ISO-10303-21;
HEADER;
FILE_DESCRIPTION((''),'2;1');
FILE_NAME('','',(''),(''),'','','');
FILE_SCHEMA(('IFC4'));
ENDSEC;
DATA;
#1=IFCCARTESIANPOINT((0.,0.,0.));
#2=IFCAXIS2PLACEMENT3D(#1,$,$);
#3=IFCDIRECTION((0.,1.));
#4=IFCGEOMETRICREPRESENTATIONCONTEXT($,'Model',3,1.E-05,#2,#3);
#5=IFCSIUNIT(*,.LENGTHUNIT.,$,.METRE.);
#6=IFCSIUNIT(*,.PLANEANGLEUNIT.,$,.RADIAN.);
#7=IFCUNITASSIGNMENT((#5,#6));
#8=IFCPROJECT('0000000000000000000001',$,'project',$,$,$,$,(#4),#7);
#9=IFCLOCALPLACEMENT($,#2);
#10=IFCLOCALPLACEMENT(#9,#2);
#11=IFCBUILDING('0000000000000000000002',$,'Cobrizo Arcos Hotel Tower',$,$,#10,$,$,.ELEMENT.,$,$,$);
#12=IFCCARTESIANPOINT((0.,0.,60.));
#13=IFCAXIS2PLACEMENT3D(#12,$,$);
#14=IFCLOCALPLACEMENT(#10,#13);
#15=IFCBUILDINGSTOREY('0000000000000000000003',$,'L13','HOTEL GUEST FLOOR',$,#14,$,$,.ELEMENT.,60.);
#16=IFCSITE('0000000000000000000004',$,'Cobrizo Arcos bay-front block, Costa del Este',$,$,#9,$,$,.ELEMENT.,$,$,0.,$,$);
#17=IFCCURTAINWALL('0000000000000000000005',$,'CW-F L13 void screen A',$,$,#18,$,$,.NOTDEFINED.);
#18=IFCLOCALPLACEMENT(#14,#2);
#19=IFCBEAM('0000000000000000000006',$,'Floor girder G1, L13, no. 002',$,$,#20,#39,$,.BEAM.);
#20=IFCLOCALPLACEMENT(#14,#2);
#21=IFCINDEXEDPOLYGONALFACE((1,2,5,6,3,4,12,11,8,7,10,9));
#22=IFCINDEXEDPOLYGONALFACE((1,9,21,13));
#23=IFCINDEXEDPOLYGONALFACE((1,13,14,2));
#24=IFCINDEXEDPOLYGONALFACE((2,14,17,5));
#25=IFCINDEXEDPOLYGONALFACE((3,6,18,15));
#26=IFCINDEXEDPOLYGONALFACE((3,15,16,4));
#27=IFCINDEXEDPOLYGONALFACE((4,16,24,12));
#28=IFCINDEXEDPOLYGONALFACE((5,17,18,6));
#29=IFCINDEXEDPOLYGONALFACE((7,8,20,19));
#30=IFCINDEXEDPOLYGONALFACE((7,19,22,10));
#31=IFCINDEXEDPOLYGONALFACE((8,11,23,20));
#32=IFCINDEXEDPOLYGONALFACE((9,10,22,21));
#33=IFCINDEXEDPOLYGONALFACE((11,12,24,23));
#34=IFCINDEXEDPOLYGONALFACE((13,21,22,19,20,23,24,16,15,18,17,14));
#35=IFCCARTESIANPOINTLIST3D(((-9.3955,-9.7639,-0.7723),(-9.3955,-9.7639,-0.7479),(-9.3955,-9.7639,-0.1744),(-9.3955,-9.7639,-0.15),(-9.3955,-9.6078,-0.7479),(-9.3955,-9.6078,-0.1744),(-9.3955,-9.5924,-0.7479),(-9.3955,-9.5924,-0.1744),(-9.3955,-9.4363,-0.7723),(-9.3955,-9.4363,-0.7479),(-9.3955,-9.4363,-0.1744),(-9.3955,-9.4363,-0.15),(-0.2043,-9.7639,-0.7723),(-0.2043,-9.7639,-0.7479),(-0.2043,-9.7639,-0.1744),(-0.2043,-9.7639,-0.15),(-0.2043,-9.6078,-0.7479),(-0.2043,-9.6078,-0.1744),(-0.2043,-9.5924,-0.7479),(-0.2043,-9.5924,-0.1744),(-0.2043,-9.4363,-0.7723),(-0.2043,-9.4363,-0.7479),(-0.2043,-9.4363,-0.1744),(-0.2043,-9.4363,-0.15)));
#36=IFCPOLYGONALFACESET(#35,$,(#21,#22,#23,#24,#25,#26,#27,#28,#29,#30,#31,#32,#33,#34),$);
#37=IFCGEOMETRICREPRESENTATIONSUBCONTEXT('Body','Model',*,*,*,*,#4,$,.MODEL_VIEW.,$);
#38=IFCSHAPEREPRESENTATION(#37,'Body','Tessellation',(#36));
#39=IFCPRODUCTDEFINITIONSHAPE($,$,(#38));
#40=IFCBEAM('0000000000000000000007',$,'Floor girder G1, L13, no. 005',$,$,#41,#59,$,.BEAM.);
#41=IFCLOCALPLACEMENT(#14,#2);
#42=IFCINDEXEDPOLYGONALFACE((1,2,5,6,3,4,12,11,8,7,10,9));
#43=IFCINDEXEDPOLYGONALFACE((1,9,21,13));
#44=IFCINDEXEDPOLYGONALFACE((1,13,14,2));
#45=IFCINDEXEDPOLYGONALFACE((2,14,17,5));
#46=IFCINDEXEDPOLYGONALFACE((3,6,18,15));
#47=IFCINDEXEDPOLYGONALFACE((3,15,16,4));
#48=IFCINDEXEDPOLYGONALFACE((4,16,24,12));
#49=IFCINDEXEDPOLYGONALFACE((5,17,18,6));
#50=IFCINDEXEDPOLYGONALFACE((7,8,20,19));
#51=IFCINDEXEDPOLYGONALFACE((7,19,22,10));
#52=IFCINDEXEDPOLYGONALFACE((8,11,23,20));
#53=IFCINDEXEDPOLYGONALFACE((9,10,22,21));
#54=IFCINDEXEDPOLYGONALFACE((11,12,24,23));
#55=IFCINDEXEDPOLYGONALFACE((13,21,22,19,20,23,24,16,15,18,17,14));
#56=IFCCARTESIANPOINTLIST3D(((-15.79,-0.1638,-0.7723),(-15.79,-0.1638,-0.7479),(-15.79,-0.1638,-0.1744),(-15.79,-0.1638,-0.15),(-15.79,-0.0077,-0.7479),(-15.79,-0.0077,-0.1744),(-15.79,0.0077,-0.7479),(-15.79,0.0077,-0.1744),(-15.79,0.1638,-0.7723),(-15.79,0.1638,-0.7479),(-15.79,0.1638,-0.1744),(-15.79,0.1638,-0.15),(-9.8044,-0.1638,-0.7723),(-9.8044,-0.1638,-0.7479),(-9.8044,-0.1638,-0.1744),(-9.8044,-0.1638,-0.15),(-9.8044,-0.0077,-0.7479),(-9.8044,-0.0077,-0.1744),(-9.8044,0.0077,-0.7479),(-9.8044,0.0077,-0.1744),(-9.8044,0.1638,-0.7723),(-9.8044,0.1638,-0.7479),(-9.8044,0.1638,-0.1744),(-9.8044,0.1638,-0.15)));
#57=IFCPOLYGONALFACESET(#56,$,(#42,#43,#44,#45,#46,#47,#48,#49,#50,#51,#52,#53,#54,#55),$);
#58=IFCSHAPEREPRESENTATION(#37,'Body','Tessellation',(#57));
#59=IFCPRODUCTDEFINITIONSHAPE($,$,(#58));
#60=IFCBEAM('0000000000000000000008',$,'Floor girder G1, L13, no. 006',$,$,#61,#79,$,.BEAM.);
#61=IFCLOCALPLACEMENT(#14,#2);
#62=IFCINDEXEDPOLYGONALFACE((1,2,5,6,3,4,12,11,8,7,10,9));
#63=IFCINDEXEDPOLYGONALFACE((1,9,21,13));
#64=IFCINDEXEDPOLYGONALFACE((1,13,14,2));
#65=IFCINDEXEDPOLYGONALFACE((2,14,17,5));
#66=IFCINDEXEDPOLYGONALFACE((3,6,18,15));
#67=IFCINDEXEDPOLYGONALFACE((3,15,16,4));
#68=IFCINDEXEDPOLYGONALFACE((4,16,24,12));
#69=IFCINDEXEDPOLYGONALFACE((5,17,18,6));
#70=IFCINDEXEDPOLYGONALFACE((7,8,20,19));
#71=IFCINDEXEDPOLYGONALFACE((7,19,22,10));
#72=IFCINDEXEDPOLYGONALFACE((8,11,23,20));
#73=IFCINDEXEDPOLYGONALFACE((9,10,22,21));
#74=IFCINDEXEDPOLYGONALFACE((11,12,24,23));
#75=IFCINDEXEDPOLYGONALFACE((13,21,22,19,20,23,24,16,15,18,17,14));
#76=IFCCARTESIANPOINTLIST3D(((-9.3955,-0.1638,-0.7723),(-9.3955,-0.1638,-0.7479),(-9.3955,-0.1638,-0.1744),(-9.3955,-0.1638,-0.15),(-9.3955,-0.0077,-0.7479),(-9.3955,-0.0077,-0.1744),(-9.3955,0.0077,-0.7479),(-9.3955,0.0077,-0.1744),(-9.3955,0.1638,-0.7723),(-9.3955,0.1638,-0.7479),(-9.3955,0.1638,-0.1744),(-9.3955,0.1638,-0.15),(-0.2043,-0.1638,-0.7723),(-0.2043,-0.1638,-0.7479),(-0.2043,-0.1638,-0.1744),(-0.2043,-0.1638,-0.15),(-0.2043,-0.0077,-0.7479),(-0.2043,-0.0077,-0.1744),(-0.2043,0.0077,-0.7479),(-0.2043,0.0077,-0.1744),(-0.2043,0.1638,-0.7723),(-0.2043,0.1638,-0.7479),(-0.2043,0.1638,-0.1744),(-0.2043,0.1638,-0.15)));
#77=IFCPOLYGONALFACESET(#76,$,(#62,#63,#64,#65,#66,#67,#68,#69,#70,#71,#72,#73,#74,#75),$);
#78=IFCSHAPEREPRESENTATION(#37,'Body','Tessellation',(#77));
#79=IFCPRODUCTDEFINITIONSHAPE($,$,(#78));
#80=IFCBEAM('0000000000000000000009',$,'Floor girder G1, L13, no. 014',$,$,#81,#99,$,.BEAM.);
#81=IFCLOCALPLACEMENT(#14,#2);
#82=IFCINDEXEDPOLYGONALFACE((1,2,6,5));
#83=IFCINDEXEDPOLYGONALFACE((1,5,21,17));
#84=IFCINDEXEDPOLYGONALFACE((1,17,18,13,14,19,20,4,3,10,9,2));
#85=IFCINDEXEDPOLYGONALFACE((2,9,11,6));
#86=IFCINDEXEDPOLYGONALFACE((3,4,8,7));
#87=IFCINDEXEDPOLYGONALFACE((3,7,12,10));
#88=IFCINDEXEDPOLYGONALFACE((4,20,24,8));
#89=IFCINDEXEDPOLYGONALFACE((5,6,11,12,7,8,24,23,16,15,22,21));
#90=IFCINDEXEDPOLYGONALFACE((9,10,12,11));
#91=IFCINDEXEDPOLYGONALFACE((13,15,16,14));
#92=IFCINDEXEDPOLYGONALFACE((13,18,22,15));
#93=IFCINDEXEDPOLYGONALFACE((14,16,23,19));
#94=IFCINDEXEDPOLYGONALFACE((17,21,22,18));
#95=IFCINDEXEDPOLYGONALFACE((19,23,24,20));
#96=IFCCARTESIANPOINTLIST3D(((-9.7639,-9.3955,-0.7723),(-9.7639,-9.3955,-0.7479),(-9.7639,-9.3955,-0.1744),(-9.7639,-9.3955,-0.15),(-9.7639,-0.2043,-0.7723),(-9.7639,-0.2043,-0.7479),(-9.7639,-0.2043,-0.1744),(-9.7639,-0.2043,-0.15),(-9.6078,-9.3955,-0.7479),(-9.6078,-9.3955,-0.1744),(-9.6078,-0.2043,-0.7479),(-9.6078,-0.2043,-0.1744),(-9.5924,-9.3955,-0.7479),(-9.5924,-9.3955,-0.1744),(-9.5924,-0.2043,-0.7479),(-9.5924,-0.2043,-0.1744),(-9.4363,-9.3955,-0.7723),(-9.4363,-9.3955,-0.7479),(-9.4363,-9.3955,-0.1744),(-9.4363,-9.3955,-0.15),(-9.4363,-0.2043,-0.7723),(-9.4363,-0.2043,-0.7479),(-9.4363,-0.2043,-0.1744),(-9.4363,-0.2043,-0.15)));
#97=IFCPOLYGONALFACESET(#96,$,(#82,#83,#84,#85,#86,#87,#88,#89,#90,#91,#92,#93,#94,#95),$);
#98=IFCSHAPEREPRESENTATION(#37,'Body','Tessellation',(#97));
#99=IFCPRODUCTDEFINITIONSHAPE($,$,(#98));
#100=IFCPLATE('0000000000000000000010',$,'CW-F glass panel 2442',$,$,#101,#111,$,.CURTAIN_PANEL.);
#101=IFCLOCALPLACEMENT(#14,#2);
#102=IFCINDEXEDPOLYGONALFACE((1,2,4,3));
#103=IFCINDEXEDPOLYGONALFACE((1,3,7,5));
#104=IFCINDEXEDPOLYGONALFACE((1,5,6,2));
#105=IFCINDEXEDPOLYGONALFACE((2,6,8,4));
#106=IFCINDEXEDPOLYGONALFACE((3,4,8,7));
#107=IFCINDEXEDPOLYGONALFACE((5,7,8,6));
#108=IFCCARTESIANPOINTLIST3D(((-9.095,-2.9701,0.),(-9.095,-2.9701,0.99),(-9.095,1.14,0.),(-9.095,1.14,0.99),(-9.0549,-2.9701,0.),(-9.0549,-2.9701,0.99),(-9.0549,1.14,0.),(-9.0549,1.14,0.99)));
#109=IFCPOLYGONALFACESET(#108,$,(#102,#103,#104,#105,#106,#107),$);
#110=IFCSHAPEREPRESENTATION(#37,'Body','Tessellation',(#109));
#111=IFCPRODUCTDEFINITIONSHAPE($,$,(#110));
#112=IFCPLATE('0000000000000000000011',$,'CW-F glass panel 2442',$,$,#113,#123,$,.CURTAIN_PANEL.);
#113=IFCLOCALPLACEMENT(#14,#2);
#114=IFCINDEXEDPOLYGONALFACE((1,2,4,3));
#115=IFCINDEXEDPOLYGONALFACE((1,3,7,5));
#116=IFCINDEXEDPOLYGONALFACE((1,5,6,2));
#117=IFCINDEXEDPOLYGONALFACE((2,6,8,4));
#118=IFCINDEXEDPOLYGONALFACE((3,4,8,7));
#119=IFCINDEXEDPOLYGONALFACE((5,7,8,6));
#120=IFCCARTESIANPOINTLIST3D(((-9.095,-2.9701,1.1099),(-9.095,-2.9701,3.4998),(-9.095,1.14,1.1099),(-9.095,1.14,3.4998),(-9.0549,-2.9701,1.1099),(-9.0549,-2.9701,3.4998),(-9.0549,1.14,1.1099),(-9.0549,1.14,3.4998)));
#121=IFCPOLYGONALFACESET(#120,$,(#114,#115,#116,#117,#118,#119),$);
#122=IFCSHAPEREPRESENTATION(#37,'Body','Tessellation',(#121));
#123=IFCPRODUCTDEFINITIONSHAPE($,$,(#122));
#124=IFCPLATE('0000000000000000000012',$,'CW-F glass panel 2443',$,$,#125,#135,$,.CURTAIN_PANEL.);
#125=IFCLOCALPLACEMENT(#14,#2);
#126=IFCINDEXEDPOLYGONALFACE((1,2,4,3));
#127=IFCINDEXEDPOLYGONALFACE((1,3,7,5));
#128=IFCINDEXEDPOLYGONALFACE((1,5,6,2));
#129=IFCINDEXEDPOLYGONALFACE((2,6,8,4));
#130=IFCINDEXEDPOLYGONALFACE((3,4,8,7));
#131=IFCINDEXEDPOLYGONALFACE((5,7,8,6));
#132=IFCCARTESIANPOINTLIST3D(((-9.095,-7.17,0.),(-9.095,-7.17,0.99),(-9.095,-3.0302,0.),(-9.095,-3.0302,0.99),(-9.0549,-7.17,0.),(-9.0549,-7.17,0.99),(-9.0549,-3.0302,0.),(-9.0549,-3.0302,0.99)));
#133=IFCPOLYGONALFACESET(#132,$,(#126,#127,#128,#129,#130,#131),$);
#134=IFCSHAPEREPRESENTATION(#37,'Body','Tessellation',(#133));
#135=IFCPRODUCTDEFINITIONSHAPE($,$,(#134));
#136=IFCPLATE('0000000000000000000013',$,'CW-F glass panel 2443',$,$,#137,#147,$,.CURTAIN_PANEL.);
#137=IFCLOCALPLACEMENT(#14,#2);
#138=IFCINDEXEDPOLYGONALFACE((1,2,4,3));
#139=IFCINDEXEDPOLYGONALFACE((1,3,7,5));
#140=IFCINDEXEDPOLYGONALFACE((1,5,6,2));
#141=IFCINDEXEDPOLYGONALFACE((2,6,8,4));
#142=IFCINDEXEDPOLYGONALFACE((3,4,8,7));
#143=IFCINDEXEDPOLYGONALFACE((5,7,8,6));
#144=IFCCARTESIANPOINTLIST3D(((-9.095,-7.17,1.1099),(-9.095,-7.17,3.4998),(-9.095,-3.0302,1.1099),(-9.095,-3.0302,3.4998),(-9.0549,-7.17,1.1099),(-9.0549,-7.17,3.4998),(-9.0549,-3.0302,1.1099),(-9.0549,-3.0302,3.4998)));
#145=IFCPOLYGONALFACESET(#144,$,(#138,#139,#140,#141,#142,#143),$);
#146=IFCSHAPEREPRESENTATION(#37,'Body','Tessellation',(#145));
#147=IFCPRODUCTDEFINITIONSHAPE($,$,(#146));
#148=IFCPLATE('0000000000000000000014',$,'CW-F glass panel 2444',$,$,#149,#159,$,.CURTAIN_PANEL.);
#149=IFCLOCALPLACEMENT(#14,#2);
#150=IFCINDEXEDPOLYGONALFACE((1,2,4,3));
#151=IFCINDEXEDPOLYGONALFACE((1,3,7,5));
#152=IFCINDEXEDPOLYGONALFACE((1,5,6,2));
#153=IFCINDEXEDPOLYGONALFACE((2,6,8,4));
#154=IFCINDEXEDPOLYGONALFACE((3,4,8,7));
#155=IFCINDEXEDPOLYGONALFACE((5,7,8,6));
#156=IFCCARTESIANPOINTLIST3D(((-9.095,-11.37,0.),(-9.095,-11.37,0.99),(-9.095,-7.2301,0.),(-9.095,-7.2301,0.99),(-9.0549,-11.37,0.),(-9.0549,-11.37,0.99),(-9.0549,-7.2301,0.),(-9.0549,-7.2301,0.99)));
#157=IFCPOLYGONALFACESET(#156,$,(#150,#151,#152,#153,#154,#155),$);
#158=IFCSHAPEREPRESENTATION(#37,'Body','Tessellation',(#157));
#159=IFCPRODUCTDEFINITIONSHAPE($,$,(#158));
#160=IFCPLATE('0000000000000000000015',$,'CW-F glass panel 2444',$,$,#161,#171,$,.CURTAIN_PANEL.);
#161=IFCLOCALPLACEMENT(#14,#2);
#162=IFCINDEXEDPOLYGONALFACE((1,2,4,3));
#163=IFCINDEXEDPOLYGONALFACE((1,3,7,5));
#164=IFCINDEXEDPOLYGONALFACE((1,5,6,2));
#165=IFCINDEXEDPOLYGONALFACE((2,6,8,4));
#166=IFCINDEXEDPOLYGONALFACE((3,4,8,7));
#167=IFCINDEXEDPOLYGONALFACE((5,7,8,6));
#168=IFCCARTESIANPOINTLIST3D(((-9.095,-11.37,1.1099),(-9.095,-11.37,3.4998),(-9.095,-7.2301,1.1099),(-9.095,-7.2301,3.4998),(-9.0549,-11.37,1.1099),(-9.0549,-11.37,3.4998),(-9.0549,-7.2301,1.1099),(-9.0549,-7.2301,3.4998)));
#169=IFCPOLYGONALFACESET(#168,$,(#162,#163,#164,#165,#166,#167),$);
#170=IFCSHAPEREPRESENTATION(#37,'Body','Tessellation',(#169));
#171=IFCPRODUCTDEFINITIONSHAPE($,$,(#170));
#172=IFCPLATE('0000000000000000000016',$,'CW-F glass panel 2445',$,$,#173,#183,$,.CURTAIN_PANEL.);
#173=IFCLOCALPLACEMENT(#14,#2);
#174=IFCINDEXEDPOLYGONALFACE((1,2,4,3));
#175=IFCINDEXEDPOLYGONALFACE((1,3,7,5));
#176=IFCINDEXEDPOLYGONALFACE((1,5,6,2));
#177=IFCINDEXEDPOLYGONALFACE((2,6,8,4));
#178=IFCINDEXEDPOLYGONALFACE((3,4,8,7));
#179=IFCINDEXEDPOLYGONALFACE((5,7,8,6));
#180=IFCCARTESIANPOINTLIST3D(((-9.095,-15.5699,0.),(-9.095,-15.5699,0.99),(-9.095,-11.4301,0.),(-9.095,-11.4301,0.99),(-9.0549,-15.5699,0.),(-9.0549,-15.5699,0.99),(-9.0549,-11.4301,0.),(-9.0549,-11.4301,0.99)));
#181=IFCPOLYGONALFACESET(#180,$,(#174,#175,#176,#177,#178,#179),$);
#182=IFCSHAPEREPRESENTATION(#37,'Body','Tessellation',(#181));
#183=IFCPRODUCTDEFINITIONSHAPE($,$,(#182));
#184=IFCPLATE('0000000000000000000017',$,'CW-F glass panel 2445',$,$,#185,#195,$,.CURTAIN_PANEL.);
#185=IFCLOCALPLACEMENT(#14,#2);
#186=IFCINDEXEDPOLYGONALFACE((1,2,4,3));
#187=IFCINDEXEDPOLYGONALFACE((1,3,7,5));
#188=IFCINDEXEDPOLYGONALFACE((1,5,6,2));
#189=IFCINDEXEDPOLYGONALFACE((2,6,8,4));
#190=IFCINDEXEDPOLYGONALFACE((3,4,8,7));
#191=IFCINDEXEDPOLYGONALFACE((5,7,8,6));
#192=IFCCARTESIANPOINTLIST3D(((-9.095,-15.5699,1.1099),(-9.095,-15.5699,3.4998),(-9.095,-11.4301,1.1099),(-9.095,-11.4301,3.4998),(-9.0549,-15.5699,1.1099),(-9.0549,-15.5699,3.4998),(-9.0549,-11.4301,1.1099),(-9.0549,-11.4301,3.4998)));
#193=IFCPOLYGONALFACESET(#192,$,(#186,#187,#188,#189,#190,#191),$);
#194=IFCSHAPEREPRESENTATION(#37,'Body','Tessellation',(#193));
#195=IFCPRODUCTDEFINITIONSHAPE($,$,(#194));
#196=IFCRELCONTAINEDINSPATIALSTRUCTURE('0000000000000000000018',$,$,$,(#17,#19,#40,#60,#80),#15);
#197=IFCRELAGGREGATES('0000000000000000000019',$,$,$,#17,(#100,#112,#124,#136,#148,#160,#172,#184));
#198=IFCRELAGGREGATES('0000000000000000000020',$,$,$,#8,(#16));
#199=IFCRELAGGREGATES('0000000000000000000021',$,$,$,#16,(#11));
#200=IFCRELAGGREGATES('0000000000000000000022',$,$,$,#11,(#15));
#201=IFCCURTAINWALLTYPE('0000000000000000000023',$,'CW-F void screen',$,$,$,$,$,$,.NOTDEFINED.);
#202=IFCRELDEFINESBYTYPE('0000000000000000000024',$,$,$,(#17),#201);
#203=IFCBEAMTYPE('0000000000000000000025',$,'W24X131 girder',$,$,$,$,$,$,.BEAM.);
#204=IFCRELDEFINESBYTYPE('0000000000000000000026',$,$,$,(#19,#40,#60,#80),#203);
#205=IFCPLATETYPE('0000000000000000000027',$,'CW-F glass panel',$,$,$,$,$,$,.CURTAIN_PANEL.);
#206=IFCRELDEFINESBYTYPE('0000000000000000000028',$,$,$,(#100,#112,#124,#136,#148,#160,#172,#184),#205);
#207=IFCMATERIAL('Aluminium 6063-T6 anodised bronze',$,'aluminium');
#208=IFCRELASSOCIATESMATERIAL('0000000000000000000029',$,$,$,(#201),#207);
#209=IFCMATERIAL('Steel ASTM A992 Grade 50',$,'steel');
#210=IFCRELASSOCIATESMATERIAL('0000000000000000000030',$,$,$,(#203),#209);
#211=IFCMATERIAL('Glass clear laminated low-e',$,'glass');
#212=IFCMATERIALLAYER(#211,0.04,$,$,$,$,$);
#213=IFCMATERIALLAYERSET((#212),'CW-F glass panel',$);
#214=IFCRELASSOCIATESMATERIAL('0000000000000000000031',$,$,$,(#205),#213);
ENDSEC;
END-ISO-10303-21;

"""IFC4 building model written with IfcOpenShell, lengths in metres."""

from ifc_helpers import new_model, si_unit, direction, frame, origin, origin_2d, place, context, subcontext, project, spatial, rectangle, i_section, extrude, material, layer, layer_set, material_profile, profile_set, type_object, element, aggregate, save


model = new_model("IFC4")

# Units and contexts
model_context = context("Model", 3, precision=1e-05, world=origin(), true_north=direction((0.0, 1.0)))
body_context = subcontext(model_context, "Body", "Model", "MODEL_VIEW")
ifc_project = project(units=[si_unit("LENGTHUNIT", "METRE"), si_unit("PLANEANGLEUNIT", "RADIAN")], contexts=[model_context])

# Site, building, storey
site_placement = place(None, origin())
site = spatial("IfcSite", under=ifc_project, at=site_placement, Name="Cobrizo Arcos bay-front block, Costa del Este", CompositionType="ELEMENT", RefElevation=0.0)
building_placement = place(site_placement, origin())
building = spatial("IfcBuilding", under=site, at=building_placement, Name="Cobrizo Arcos Hotel Tower", CompositionType="ELEMENT")
storey_placement = place(building_placement, frame((0.0, 0.0, 60.0)))
storey = spatial("IfcBuildingStorey", under=building, at=storey_placement, Name="L13", Description="HOTEL GUEST FLOOR", CompositionType="ELEMENT", Elevation=60.0)

# Shared definitions
ifc_material_1 = material(Name="Steel ASTM A992 Grade 50", Category="steel")

# Curtain wall
ifc_material_2 = material(Name="Aluminium 6063-T6 anodised bronze", Category="aluminium")
curtain_wall_type = type_object("IfcCurtainWallType", Name="CW-F void screen", PredefinedType="NOTDEFINED", material=ifc_material_2)
curtain_wall_placement = place(storey_placement, origin())
curtain_wall = element("IfcCurtainWall", 1, at=curtain_wall_placement, inside=storey, type_object=curtain_wall_type, Name="CW-F L13 void screen A", PredefinedType="NOTDEFINED")

# Beams
ifc_material_profile_1 = material_profile(ifc_material_1, i_section(OverallWidth=0.3276, OverallDepth=0.6223, WebThickness=0.0154, FlangeThickness=0.0244, at=origin_2d()), Name="W24X131")
ifc_profile_set_1 = profile_set([ifc_material_profile_1], Name="Steel ASTM A992 Grade 50")
beam_type_1 = type_object("IfcBeamType", Name="W24X131 girder", PredefinedType="BEAM", material=ifc_profile_set_1)
beam_1_placement = place(storey_placement, frame((-9.3955, -9.6001, -0.4612), z_axis=(1.0, 0.0, 0.0), x_axis=(0.0, 1.0, 0.0)))
element("IfcBeam", 2, at=beam_1_placement, inside=storey, type_object=beam_type_1, Name="Floor girder G1, L13, no. 002", PredefinedType="BEAM", context=body_context, shape_type="SweptSolid", body=[
    extrude(i_section(OverallWidth=0.3276, OverallDepth=0.6223, WebThickness=0.0154, FlangeThickness=0.0244, at=origin_2d()), origin(), (0.0, 0.0, 1.0), 9.1912),
])
beam_2_placement = place(storey_placement, frame((-15.79, 0.0, -0.4612), z_axis=(1.0, 0.0, 0.0), x_axis=(0.0, 1.0, 0.0)))
element("IfcBeam", 3, at=beam_2_placement, inside=storey, type_object=beam_type_1, Name="Floor girder G1, L13, no. 005", PredefinedType="BEAM", context=body_context, shape_type="SweptSolid", body=[
    extrude(i_section(OverallWidth=0.3276, OverallDepth=0.6223, WebThickness=0.0154, FlangeThickness=0.0244, at=origin_2d()), origin(), (0.0, 0.0, 1.0), 5.9856),
])
for number, where, z_axis, x_axis, name in (
    (4, (-9.3955, 0.0, -0.4612), (1.0, 0.0, 0.0), (0.0, 1.0, 0.0), "Floor girder G1, L13, no. 006"),
    (5, (-9.6001, -9.3955, -0.4612), (0.0, 1.0, 0.0), (-1.0, 0.0, 0.0), "Floor girder G1, L13, no. 014"),
):
    element("IfcBeam", number, at=place(storey_placement, frame(where, z_axis=z_axis, x_axis=x_axis)), inside=storey, type_object=beam_type_1, Name=name, PredefinedType="BEAM", context=body_context, shape_type="SweptSolid", body=[
        extrude(i_section(OverallWidth=0.3276, OverallDepth=0.6223, WebThickness=0.0154, FlangeThickness=0.0244, at=origin_2d()), origin(), (0.0, 0.0, 1.0), 9.1912),
    ])

# Plates
ifc_material_3 = material(Name="Glass clear laminated low-e", Category="glass")
ifc_layer_1 = layer(ifc_material_3, 0.04)
ifc_layer_set_1 = layer_set([ifc_layer_1], Name="CW-F glass panel")
plate_type = type_object("IfcPlateType", Name="CW-F glass panel", PredefinedType="CURTAIN_PANEL", material=ifc_layer_set_1)
plate_1_placement = place(storey_placement, frame((-9.075, -0.915, 0.0), z_axis=(0.0, 0.0, 1.0), x_axis=(0.0, -1.0, 0.0)))
plate_1 = element("IfcPlate", 6, at=plate_1_placement, type_object=plate_type, Name="CW-F glass panel 2442", PredefinedType="CURTAIN_PANEL", context=body_context, shape_type="SweptSolid", body=[
    extrude(rectangle(XDim=4.1101, YDim=0.04, at=origin_2d()), origin(), (0.0, 0.0, 1.0), 0.99),
])
plate_2_placement = place(storey_placement, frame((-9.075, -0.915, 1.1099), z_axis=(0.0, 0.0, 1.0), x_axis=(0.0, -1.0, 0.0)))
plate_2 = element("IfcPlate", 7, at=plate_2_placement, type_object=plate_type, Name="CW-F glass panel 2442", PredefinedType="CURTAIN_PANEL", context=body_context, shape_type="SweptSolid", body=[
    extrude(rectangle(XDim=4.1101, YDim=0.04, at=origin_2d()), origin(), (0.0, 0.0, 1.0), 2.3899),
])
plate_3_placement = place(storey_placement, frame((-9.075, -5.1001, 0.0), z_axis=(0.0, 0.0, 1.0), x_axis=(0.0, -1.0, 0.0)))
plate_3 = element("IfcPlate", 8, at=plate_3_placement, type_object=plate_type, Name="CW-F glass panel 2443", PredefinedType="CURTAIN_PANEL", context=body_context, shape_type="SweptSolid", body=[
    extrude(rectangle(XDim=4.1399, YDim=0.04, at=origin_2d()), origin(), (0.0, 0.0, 1.0), 0.99),
])
plate_4_placement = place(storey_placement, frame((-9.075, -5.1001, 1.1099), z_axis=(0.0, 0.0, 1.0), x_axis=(0.0, -1.0, 0.0)))
plate_4 = element("IfcPlate", 9, at=plate_4_placement, type_object=plate_type, Name="CW-F glass panel 2443", PredefinedType="CURTAIN_PANEL", context=body_context, shape_type="SweptSolid", body=[
    extrude(rectangle(XDim=4.1399, YDim=0.04, at=origin_2d()), origin(), (0.0, 0.0, 1.0), 2.3899),
])
plate_5_placement = place(storey_placement, frame((-9.075, -9.3, 0.0), z_axis=(0.0, 0.0, 1.0), x_axis=(0.0, -1.0, 0.0)))
plate_5 = element("IfcPlate", 10, at=plate_5_placement, type_object=plate_type, Name="CW-F glass panel 2444", PredefinedType="CURTAIN_PANEL", context=body_context, shape_type="SweptSolid", body=[
    extrude(rectangle(XDim=4.1399, YDim=0.04, at=origin_2d()), origin(), (0.0, 0.0, 1.0), 0.99),
])
plate_6_placement = place(storey_placement, frame((-9.075, -9.3, 1.1099), z_axis=(0.0, 0.0, 1.0), x_axis=(0.0, -1.0, 0.0)))
plate_6 = element("IfcPlate", 11, at=plate_6_placement, type_object=plate_type, Name="CW-F glass panel 2444", PredefinedType="CURTAIN_PANEL", context=body_context, shape_type="SweptSolid", body=[
    extrude(rectangle(XDim=4.1399, YDim=0.04, at=origin_2d()), origin(), (0.0, 0.0, 1.0), 2.3899),
])
plate_7_placement = place(storey_placement, frame((-9.075, -13.5, 0.0), z_axis=(0.0, 0.0, 1.0), x_axis=(0.0, -1.0, 0.0)))
plate_7 = element("IfcPlate", 12, at=plate_7_placement, type_object=plate_type, Name="CW-F glass panel 2445", PredefinedType="CURTAIN_PANEL", context=body_context, shape_type="SweptSolid", body=[
    extrude(rectangle(XDim=4.1399, YDim=0.04, at=origin_2d()), origin(), (0.0, 0.0, 1.0), 0.99),
])
plate_8_placement = place(storey_placement, frame((-9.075, -13.5, 1.1099), z_axis=(0.0, 0.0, 1.0), x_axis=(0.0, -1.0, 0.0)))
plate_8 = element("IfcPlate", 13, at=plate_8_placement, type_object=plate_type, Name="CW-F glass panel 2445", PredefinedType="CURTAIN_PANEL", context=body_context, shape_type="SweptSolid", body=[
    extrude(rectangle(XDim=4.1399, YDim=0.04, at=origin_2d()), origin(), (0.0, 0.0, 1.0), 2.3899),
])
aggregate(curtain_wall, [plate_1, plate_2, plate_3, plate_4, plate_5, plate_6, plate_7, plate_8])

save(model, "model.ifc")
